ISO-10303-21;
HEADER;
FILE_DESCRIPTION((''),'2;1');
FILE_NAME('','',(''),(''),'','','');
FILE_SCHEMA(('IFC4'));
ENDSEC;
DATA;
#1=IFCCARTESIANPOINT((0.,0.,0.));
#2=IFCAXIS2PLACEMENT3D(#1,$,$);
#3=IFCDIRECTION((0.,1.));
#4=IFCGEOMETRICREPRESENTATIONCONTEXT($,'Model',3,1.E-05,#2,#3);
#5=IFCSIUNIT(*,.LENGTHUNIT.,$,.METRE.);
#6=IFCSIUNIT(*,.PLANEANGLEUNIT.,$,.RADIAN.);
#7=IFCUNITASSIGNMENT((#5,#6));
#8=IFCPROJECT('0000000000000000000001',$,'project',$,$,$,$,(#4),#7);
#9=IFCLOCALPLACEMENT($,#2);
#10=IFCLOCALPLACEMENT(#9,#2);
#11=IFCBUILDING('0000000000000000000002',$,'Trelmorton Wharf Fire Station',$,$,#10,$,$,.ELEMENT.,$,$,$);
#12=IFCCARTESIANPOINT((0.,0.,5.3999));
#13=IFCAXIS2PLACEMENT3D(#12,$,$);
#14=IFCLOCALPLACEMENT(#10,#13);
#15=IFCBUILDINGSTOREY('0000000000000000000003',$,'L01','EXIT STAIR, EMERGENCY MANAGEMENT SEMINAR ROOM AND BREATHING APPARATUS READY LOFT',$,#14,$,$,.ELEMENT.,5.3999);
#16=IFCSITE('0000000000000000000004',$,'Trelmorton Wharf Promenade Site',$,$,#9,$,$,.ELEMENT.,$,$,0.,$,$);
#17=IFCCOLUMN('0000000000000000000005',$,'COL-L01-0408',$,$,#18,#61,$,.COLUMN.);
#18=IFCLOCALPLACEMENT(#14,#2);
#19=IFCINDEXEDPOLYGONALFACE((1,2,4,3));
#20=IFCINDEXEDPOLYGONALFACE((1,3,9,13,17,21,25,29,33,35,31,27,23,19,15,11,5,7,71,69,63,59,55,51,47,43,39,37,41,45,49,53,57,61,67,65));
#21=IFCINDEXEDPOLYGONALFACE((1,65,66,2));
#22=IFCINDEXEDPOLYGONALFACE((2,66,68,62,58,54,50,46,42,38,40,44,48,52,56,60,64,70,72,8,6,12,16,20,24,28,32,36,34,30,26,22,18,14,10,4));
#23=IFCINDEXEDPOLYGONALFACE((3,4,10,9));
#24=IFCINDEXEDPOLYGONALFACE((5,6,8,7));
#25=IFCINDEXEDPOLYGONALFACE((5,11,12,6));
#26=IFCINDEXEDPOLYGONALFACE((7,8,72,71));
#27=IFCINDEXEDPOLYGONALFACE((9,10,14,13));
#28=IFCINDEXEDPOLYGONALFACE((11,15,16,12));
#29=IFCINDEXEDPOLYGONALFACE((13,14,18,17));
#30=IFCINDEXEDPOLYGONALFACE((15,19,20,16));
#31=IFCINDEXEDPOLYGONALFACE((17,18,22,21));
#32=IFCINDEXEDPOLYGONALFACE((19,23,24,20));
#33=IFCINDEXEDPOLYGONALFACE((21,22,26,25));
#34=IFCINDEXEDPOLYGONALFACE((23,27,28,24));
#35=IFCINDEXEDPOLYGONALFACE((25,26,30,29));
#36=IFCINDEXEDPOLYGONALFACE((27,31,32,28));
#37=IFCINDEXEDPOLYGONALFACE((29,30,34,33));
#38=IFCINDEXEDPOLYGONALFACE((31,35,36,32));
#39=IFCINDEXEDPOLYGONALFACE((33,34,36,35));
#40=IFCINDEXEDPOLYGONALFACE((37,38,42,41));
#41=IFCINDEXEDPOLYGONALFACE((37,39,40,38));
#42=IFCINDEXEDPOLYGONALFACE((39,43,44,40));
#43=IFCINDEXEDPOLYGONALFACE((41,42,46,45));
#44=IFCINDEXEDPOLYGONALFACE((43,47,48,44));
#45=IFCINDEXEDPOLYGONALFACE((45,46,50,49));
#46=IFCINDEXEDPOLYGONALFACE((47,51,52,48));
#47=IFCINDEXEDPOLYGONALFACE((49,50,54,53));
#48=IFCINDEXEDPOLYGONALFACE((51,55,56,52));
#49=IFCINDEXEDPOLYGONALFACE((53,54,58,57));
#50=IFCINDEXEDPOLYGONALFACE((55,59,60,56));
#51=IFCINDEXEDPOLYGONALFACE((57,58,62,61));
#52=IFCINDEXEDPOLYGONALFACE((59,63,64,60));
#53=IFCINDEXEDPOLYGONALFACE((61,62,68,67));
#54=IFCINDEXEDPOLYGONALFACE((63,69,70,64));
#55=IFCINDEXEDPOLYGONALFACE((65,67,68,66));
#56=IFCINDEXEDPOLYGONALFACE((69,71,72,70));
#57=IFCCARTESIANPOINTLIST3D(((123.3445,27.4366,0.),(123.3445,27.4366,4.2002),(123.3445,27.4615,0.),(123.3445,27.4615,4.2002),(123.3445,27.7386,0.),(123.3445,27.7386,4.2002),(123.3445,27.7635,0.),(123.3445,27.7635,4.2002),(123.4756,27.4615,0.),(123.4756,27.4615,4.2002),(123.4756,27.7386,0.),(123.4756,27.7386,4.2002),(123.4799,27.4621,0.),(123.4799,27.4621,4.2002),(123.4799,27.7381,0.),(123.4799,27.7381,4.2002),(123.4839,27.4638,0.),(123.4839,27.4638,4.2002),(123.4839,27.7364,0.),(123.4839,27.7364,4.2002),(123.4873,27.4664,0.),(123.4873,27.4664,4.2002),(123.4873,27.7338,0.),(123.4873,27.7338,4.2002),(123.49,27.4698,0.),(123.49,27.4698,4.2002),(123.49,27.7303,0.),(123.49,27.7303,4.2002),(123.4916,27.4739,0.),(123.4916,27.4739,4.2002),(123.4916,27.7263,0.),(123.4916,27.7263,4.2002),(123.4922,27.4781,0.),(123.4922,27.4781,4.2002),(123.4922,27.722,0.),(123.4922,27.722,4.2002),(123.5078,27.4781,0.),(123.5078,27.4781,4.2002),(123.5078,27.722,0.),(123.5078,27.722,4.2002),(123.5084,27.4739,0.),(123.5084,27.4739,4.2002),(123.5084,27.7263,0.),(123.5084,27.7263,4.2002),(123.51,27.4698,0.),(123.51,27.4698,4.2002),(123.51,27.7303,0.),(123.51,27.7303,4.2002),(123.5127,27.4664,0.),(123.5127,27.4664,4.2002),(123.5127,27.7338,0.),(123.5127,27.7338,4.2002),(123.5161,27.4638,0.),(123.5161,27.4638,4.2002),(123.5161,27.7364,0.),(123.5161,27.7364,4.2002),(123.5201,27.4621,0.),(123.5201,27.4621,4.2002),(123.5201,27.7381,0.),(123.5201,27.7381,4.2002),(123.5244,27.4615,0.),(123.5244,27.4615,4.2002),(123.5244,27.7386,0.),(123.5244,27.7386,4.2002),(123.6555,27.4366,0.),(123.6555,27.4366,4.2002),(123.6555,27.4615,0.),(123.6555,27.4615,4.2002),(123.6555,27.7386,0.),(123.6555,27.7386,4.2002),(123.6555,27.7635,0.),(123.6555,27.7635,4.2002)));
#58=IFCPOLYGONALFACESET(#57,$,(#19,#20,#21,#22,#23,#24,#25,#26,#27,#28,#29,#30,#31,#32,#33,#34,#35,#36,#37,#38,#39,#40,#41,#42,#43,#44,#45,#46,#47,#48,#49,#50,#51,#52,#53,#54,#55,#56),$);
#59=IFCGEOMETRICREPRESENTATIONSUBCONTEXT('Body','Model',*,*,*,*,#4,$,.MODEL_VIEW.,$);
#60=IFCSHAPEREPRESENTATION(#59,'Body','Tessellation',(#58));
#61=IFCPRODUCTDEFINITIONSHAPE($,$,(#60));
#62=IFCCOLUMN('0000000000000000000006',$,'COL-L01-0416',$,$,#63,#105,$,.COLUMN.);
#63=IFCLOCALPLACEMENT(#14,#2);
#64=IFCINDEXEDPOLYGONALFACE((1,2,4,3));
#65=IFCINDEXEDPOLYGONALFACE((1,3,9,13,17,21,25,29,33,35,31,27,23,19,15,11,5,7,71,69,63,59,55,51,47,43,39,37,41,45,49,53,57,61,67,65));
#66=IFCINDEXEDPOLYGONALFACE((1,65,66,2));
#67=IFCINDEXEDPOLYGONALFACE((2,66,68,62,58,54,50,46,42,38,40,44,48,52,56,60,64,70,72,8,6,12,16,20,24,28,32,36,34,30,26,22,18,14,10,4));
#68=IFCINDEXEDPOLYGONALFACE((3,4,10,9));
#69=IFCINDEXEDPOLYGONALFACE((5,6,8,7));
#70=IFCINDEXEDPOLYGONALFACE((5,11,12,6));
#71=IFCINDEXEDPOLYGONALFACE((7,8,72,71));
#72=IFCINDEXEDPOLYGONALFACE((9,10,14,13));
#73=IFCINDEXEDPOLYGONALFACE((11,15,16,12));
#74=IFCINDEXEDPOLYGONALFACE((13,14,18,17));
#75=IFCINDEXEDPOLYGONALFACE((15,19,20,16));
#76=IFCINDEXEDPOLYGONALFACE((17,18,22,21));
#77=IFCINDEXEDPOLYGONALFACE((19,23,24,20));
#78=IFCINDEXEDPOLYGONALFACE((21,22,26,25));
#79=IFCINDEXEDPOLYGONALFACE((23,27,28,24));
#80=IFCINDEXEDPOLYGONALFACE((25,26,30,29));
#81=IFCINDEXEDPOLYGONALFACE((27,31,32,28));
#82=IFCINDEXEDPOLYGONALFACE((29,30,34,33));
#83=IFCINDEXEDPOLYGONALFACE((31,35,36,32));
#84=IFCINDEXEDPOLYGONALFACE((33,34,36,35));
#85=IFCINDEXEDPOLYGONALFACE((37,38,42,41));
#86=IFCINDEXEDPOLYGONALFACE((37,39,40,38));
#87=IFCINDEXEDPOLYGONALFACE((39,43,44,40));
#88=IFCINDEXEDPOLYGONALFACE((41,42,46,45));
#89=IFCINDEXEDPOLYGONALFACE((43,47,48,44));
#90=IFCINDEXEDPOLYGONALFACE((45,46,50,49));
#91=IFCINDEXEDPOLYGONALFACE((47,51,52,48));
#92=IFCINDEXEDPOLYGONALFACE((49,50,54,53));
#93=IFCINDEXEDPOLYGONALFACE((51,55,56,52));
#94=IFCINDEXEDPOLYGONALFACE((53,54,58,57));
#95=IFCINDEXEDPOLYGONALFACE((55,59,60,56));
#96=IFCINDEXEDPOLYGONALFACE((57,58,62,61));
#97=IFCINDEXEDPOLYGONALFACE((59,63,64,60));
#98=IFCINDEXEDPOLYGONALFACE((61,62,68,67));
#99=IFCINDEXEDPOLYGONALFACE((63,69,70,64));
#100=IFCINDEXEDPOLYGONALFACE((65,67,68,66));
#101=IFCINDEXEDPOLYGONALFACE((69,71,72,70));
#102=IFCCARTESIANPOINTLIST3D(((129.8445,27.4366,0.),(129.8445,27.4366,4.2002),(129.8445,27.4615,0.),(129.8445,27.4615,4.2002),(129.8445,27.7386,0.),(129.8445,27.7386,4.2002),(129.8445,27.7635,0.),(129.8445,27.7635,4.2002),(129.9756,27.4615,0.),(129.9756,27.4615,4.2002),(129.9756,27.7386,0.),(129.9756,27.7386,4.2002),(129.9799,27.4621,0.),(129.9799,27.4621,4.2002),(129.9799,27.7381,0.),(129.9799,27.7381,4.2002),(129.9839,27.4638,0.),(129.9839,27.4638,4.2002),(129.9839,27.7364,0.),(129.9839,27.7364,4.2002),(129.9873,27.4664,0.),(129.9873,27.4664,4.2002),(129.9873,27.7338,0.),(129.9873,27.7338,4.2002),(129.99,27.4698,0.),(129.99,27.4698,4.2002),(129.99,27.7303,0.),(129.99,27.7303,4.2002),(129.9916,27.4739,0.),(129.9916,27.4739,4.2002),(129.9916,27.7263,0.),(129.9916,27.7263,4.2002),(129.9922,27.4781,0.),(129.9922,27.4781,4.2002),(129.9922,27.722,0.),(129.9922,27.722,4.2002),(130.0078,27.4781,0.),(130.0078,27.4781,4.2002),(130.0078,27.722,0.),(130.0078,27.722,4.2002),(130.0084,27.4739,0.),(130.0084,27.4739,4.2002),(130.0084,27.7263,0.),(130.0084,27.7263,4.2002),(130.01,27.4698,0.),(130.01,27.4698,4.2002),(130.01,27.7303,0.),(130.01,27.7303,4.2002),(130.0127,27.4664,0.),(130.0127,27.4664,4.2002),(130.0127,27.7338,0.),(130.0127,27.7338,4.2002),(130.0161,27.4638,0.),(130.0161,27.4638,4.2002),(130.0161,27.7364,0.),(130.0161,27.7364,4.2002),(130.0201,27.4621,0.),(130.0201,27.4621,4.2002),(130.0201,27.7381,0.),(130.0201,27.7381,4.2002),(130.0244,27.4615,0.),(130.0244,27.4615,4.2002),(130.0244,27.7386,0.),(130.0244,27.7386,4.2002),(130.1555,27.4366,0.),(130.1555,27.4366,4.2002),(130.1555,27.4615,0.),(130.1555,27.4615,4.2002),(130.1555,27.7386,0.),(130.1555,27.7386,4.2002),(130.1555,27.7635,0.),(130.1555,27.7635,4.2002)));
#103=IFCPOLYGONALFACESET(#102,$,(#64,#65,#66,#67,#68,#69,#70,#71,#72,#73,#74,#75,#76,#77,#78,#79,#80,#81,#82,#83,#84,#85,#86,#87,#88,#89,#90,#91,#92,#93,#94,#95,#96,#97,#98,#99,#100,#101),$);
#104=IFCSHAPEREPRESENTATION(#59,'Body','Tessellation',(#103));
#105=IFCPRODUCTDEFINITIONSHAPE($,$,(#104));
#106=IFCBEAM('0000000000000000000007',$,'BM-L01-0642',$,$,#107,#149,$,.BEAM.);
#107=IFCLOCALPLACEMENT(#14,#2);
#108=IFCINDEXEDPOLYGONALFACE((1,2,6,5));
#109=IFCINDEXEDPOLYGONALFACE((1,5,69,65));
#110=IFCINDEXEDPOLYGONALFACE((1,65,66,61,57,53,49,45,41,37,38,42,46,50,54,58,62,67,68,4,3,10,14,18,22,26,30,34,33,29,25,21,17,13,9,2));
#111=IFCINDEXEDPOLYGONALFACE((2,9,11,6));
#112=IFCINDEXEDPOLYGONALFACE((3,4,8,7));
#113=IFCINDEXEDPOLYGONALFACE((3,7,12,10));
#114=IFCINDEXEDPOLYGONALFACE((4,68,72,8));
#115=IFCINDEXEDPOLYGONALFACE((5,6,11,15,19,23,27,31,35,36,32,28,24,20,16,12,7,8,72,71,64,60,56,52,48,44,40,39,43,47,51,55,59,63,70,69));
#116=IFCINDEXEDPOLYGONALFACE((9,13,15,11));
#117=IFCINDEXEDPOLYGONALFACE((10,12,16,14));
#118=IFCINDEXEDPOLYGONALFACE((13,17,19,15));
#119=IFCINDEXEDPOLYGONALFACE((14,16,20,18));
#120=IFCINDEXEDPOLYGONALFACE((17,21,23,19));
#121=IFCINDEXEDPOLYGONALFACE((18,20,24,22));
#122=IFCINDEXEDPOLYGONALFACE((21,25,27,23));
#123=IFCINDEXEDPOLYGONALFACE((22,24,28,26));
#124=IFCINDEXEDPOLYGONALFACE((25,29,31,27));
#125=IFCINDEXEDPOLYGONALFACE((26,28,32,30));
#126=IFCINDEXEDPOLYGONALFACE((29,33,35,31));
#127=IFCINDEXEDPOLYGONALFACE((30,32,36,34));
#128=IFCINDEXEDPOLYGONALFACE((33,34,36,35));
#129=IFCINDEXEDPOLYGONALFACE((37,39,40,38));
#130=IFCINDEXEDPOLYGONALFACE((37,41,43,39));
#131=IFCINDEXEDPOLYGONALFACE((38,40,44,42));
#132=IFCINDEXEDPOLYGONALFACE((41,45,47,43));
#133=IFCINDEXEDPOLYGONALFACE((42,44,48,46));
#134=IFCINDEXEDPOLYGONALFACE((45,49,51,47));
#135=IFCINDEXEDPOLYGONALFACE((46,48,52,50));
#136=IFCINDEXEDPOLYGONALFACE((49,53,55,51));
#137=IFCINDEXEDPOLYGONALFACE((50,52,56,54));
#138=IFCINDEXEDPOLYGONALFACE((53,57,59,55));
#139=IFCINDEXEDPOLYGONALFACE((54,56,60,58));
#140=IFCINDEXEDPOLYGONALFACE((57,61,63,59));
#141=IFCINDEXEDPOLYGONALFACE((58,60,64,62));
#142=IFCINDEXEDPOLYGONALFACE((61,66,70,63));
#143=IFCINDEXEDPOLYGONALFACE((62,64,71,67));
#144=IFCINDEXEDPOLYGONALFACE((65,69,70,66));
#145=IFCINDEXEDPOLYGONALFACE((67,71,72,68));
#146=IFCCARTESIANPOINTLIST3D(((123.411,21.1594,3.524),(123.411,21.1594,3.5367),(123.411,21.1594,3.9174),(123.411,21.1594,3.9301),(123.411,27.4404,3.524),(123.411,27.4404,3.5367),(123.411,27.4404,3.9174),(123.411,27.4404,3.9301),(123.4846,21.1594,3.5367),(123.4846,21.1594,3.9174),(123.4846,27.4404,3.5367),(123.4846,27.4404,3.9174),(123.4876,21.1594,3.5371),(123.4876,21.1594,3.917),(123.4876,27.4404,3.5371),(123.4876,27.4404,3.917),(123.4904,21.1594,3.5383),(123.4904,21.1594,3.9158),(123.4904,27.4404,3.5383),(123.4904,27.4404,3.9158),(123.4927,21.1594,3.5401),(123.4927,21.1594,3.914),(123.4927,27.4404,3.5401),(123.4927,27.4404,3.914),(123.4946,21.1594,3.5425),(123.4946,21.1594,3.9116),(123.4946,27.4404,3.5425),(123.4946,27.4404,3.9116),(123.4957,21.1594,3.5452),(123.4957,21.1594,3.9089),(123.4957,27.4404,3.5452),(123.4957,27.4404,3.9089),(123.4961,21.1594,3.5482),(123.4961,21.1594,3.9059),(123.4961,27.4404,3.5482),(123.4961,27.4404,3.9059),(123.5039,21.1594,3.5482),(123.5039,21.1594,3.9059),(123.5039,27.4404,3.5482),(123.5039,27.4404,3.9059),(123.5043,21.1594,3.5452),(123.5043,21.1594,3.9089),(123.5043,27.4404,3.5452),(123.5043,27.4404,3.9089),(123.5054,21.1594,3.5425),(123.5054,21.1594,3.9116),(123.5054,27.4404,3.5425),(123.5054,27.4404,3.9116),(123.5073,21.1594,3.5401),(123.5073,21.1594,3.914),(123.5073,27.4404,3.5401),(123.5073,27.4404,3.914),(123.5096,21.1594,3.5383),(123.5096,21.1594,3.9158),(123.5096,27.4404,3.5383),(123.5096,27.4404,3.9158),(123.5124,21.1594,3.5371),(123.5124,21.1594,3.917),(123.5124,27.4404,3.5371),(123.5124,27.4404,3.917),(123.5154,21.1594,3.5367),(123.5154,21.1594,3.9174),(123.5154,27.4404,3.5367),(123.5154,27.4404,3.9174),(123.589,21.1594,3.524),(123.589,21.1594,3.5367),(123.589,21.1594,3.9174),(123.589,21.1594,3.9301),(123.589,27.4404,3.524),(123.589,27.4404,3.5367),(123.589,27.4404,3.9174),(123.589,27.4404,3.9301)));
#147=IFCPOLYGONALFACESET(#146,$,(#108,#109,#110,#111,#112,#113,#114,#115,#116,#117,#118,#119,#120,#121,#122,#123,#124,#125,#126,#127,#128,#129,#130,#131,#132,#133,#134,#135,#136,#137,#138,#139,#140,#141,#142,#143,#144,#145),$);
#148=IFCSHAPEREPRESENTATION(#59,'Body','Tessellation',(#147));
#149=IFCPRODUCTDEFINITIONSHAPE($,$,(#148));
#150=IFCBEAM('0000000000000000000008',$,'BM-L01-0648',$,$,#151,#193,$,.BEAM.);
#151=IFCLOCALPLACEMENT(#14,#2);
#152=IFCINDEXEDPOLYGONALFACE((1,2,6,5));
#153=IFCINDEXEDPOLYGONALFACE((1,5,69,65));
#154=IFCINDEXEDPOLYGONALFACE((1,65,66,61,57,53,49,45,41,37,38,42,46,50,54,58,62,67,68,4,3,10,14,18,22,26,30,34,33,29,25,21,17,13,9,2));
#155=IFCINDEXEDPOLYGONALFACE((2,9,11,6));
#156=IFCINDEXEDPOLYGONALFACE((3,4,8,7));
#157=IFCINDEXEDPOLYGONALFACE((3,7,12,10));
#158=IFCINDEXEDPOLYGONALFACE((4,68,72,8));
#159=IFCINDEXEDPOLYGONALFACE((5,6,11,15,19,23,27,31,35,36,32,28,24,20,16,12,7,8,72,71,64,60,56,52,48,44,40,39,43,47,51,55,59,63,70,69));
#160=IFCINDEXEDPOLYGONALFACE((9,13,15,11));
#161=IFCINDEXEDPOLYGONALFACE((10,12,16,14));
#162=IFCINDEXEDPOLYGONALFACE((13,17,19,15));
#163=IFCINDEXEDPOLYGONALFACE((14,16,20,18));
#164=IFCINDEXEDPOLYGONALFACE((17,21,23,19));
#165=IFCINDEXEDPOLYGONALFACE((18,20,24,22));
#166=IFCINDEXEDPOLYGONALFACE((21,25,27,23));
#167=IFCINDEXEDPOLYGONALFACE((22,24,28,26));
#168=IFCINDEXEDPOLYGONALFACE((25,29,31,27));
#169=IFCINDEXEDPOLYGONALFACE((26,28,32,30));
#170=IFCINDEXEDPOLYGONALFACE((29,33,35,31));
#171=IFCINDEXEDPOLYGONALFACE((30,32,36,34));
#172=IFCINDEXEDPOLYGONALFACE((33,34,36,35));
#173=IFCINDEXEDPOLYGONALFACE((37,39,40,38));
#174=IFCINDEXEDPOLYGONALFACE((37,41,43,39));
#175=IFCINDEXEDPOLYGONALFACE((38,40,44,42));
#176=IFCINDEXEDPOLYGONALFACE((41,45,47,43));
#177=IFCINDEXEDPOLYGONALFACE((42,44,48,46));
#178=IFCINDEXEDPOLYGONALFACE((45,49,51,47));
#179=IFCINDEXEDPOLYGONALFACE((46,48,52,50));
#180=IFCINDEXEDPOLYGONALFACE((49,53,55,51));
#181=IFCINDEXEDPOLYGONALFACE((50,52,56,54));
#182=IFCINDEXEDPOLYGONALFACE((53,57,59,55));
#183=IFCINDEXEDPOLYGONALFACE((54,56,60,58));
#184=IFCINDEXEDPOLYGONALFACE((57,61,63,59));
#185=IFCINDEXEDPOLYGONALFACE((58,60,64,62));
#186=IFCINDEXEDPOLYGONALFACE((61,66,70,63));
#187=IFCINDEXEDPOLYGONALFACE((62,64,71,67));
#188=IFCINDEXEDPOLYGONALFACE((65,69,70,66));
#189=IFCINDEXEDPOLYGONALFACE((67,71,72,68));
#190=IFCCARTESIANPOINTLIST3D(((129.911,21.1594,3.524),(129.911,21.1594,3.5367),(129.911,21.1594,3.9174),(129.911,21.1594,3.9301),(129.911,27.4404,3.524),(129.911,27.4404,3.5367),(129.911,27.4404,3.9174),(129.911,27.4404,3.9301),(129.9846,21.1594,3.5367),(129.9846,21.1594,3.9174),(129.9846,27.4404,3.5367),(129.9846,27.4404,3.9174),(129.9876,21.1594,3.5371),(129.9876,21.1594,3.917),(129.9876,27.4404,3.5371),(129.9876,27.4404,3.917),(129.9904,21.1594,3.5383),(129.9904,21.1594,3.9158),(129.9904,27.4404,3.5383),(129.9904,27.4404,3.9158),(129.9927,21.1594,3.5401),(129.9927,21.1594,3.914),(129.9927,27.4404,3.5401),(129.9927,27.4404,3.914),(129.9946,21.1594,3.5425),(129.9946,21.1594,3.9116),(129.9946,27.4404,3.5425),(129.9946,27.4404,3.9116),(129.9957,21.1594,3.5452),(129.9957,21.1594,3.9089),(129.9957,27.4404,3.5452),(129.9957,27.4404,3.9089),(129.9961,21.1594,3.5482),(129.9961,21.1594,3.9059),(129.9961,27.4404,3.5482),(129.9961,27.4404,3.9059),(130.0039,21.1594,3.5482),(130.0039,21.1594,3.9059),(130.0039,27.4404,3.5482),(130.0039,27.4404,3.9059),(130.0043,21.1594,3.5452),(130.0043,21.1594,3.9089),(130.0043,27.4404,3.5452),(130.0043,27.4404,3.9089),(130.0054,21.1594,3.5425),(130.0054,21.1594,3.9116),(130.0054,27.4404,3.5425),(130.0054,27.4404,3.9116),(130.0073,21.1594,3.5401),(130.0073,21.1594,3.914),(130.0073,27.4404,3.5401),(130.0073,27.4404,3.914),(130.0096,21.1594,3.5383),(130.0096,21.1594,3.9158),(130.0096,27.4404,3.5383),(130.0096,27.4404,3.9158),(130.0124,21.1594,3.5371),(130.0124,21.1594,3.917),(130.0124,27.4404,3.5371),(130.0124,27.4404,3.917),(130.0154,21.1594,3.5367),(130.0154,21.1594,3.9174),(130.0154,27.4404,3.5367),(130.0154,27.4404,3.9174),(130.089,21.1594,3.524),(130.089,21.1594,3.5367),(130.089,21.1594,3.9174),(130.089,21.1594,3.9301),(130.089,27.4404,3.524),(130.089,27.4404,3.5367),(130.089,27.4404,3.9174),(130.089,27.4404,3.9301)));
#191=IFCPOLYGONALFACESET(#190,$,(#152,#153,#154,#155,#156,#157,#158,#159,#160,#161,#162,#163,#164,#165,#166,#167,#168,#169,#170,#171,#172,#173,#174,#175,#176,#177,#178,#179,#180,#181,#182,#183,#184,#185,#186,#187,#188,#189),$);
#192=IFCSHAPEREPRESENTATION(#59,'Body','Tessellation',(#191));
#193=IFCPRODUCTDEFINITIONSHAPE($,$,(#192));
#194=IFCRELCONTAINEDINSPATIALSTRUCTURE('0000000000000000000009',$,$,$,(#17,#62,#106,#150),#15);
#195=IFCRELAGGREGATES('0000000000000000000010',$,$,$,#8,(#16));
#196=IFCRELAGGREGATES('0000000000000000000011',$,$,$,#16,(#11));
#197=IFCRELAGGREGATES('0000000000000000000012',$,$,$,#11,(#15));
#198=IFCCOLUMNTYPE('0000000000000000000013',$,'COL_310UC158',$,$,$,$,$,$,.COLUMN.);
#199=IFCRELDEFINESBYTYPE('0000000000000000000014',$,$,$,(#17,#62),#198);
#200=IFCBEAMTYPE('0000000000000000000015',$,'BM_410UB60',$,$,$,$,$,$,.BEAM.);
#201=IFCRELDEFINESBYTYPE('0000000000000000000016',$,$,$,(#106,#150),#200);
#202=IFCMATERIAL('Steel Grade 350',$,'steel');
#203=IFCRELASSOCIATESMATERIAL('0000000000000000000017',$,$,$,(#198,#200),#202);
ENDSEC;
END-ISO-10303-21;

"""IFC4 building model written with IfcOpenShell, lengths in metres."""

from ifc_helpers import new_model, si_unit, direction, frame, origin, origin_2d, place, context, subcontext, project, spatial, i_section, extrude, material, material_profile, profile_set, type_object, element, save


model = new_model("IFC4")

# Units and contexts
model_context = context("Model", 3, precision=1e-05, world=origin(), true_north=direction((0.0, 1.0)))
body_context = subcontext(model_context, "Body", "Model", "MODEL_VIEW")
ifc_project = project(units=[si_unit("LENGTHUNIT", "METRE"), si_unit("PLANEANGLEUNIT", "RADIAN")], contexts=[model_context])

# Site, building, storey
site_placement = place(None, origin())
site = spatial("IfcSite", under=ifc_project, at=site_placement, Name="Trelmorton Wharf Promenade Site", CompositionType="ELEMENT", RefElevation=0.0)
building_placement = place(site_placement, origin())
building = spatial("IfcBuilding", under=site, at=building_placement, Name="Trelmorton Wharf Fire Station", CompositionType="ELEMENT")
storey_placement = place(building_placement, frame((0.0, 0.0, 5.3999)))
storey = spatial("IfcBuildingStorey", under=building, at=storey_placement, Name="L01", Description="EXIT STAIR, EMERGENCY MANAGEMENT SEMINAR ROOM AND BREATHING APPARATUS READY LOFT", CompositionType="ELEMENT", Elevation=5.3999)

# Columns
ifc_material_1 = material(Name="Steel Grade 350", Category="steel")
ifc_material_profile_1 = material_profile(ifc_material_1, i_section(OverallWidth=0.311, OverallDepth=0.3269, WebThickness=0.0156, FlangeThickness=0.0249, FilletRadius=0.0166, at=origin_2d()), Name="310UC158")
ifc_profile_set_1 = profile_set([ifc_material_profile_1], Name="Steel Grade 350")
column_type = type_object("IfcColumnType", Name="COL_310UC158", PredefinedType="COLUMN", material=ifc_profile_set_1)
for number, where, z_axis, x_axis, name in (
    (1, (123.5, 27.6001, 0.0), (0.0, 0.0, 1.0), (1.0, 0.0, 0.0), "COL-L01-0408"),
    (2, (130.0, 27.6001, 0.0), (0.0, 0.0, 1.0), (1.0, 0.0, 0.0), "COL-L01-0416"),
):
    element("IfcColumn", number, at=place(storey_placement, frame(where, z_axis=z_axis, x_axis=x_axis)), inside=storey, type_object=column_type, Name=name, PredefinedType="COLUMN", context=body_context, shape_type="SweptSolid", body=[
        extrude(i_section(OverallWidth=0.311, OverallDepth=0.3269, WebThickness=0.0156, FlangeThickness=0.0249, FilletRadius=0.0166, at=origin_2d()), origin(), (0.0, 0.0, 1.0), 4.2002),
    ])

# Beams
ifc_material_profile_2 = material_profile(ifc_material_1, i_section(OverallWidth=0.178, OverallDepth=0.406, WebThickness=0.0078, FlangeThickness=0.0127, FilletRadius=0.0115, at=origin_2d()), Name="410UB59.7")
ifc_profile_set_2 = profile_set([ifc_material_profile_2], Name="Steel Grade 350")
beam_type_1 = type_object("IfcBeamType", Name="BM_410UB60", PredefinedType="BEAM", material=ifc_profile_set_2)
for number, where, z_axis, x_axis, name in (
    (3, (123.5, 21.1594, 3.7271), (0.0, 1.0, 0.0), (-1.0, 0.0, 0.0), "BM-L01-0642"),
    (4, (130.0, 21.1594, 3.7271), (0.0, 1.0, 0.0), (-1.0, 0.0, 0.0), "BM-L01-0648"),
):
    element("IfcBeam", number, at=place(storey_placement, frame(where, z_axis=z_axis, x_axis=x_axis)), inside=storey, type_object=beam_type_1, Name=name, PredefinedType="BEAM", context=body_context, shape_type="SweptSolid", body=[
        extrude(i_section(OverallWidth=0.178, OverallDepth=0.406, WebThickness=0.0078, FlangeThickness=0.0127, FilletRadius=0.0115, at=origin_2d()), origin(), (0.0, 0.0, 1.0), 6.281),
    ])

save(model, "model.ifc")
